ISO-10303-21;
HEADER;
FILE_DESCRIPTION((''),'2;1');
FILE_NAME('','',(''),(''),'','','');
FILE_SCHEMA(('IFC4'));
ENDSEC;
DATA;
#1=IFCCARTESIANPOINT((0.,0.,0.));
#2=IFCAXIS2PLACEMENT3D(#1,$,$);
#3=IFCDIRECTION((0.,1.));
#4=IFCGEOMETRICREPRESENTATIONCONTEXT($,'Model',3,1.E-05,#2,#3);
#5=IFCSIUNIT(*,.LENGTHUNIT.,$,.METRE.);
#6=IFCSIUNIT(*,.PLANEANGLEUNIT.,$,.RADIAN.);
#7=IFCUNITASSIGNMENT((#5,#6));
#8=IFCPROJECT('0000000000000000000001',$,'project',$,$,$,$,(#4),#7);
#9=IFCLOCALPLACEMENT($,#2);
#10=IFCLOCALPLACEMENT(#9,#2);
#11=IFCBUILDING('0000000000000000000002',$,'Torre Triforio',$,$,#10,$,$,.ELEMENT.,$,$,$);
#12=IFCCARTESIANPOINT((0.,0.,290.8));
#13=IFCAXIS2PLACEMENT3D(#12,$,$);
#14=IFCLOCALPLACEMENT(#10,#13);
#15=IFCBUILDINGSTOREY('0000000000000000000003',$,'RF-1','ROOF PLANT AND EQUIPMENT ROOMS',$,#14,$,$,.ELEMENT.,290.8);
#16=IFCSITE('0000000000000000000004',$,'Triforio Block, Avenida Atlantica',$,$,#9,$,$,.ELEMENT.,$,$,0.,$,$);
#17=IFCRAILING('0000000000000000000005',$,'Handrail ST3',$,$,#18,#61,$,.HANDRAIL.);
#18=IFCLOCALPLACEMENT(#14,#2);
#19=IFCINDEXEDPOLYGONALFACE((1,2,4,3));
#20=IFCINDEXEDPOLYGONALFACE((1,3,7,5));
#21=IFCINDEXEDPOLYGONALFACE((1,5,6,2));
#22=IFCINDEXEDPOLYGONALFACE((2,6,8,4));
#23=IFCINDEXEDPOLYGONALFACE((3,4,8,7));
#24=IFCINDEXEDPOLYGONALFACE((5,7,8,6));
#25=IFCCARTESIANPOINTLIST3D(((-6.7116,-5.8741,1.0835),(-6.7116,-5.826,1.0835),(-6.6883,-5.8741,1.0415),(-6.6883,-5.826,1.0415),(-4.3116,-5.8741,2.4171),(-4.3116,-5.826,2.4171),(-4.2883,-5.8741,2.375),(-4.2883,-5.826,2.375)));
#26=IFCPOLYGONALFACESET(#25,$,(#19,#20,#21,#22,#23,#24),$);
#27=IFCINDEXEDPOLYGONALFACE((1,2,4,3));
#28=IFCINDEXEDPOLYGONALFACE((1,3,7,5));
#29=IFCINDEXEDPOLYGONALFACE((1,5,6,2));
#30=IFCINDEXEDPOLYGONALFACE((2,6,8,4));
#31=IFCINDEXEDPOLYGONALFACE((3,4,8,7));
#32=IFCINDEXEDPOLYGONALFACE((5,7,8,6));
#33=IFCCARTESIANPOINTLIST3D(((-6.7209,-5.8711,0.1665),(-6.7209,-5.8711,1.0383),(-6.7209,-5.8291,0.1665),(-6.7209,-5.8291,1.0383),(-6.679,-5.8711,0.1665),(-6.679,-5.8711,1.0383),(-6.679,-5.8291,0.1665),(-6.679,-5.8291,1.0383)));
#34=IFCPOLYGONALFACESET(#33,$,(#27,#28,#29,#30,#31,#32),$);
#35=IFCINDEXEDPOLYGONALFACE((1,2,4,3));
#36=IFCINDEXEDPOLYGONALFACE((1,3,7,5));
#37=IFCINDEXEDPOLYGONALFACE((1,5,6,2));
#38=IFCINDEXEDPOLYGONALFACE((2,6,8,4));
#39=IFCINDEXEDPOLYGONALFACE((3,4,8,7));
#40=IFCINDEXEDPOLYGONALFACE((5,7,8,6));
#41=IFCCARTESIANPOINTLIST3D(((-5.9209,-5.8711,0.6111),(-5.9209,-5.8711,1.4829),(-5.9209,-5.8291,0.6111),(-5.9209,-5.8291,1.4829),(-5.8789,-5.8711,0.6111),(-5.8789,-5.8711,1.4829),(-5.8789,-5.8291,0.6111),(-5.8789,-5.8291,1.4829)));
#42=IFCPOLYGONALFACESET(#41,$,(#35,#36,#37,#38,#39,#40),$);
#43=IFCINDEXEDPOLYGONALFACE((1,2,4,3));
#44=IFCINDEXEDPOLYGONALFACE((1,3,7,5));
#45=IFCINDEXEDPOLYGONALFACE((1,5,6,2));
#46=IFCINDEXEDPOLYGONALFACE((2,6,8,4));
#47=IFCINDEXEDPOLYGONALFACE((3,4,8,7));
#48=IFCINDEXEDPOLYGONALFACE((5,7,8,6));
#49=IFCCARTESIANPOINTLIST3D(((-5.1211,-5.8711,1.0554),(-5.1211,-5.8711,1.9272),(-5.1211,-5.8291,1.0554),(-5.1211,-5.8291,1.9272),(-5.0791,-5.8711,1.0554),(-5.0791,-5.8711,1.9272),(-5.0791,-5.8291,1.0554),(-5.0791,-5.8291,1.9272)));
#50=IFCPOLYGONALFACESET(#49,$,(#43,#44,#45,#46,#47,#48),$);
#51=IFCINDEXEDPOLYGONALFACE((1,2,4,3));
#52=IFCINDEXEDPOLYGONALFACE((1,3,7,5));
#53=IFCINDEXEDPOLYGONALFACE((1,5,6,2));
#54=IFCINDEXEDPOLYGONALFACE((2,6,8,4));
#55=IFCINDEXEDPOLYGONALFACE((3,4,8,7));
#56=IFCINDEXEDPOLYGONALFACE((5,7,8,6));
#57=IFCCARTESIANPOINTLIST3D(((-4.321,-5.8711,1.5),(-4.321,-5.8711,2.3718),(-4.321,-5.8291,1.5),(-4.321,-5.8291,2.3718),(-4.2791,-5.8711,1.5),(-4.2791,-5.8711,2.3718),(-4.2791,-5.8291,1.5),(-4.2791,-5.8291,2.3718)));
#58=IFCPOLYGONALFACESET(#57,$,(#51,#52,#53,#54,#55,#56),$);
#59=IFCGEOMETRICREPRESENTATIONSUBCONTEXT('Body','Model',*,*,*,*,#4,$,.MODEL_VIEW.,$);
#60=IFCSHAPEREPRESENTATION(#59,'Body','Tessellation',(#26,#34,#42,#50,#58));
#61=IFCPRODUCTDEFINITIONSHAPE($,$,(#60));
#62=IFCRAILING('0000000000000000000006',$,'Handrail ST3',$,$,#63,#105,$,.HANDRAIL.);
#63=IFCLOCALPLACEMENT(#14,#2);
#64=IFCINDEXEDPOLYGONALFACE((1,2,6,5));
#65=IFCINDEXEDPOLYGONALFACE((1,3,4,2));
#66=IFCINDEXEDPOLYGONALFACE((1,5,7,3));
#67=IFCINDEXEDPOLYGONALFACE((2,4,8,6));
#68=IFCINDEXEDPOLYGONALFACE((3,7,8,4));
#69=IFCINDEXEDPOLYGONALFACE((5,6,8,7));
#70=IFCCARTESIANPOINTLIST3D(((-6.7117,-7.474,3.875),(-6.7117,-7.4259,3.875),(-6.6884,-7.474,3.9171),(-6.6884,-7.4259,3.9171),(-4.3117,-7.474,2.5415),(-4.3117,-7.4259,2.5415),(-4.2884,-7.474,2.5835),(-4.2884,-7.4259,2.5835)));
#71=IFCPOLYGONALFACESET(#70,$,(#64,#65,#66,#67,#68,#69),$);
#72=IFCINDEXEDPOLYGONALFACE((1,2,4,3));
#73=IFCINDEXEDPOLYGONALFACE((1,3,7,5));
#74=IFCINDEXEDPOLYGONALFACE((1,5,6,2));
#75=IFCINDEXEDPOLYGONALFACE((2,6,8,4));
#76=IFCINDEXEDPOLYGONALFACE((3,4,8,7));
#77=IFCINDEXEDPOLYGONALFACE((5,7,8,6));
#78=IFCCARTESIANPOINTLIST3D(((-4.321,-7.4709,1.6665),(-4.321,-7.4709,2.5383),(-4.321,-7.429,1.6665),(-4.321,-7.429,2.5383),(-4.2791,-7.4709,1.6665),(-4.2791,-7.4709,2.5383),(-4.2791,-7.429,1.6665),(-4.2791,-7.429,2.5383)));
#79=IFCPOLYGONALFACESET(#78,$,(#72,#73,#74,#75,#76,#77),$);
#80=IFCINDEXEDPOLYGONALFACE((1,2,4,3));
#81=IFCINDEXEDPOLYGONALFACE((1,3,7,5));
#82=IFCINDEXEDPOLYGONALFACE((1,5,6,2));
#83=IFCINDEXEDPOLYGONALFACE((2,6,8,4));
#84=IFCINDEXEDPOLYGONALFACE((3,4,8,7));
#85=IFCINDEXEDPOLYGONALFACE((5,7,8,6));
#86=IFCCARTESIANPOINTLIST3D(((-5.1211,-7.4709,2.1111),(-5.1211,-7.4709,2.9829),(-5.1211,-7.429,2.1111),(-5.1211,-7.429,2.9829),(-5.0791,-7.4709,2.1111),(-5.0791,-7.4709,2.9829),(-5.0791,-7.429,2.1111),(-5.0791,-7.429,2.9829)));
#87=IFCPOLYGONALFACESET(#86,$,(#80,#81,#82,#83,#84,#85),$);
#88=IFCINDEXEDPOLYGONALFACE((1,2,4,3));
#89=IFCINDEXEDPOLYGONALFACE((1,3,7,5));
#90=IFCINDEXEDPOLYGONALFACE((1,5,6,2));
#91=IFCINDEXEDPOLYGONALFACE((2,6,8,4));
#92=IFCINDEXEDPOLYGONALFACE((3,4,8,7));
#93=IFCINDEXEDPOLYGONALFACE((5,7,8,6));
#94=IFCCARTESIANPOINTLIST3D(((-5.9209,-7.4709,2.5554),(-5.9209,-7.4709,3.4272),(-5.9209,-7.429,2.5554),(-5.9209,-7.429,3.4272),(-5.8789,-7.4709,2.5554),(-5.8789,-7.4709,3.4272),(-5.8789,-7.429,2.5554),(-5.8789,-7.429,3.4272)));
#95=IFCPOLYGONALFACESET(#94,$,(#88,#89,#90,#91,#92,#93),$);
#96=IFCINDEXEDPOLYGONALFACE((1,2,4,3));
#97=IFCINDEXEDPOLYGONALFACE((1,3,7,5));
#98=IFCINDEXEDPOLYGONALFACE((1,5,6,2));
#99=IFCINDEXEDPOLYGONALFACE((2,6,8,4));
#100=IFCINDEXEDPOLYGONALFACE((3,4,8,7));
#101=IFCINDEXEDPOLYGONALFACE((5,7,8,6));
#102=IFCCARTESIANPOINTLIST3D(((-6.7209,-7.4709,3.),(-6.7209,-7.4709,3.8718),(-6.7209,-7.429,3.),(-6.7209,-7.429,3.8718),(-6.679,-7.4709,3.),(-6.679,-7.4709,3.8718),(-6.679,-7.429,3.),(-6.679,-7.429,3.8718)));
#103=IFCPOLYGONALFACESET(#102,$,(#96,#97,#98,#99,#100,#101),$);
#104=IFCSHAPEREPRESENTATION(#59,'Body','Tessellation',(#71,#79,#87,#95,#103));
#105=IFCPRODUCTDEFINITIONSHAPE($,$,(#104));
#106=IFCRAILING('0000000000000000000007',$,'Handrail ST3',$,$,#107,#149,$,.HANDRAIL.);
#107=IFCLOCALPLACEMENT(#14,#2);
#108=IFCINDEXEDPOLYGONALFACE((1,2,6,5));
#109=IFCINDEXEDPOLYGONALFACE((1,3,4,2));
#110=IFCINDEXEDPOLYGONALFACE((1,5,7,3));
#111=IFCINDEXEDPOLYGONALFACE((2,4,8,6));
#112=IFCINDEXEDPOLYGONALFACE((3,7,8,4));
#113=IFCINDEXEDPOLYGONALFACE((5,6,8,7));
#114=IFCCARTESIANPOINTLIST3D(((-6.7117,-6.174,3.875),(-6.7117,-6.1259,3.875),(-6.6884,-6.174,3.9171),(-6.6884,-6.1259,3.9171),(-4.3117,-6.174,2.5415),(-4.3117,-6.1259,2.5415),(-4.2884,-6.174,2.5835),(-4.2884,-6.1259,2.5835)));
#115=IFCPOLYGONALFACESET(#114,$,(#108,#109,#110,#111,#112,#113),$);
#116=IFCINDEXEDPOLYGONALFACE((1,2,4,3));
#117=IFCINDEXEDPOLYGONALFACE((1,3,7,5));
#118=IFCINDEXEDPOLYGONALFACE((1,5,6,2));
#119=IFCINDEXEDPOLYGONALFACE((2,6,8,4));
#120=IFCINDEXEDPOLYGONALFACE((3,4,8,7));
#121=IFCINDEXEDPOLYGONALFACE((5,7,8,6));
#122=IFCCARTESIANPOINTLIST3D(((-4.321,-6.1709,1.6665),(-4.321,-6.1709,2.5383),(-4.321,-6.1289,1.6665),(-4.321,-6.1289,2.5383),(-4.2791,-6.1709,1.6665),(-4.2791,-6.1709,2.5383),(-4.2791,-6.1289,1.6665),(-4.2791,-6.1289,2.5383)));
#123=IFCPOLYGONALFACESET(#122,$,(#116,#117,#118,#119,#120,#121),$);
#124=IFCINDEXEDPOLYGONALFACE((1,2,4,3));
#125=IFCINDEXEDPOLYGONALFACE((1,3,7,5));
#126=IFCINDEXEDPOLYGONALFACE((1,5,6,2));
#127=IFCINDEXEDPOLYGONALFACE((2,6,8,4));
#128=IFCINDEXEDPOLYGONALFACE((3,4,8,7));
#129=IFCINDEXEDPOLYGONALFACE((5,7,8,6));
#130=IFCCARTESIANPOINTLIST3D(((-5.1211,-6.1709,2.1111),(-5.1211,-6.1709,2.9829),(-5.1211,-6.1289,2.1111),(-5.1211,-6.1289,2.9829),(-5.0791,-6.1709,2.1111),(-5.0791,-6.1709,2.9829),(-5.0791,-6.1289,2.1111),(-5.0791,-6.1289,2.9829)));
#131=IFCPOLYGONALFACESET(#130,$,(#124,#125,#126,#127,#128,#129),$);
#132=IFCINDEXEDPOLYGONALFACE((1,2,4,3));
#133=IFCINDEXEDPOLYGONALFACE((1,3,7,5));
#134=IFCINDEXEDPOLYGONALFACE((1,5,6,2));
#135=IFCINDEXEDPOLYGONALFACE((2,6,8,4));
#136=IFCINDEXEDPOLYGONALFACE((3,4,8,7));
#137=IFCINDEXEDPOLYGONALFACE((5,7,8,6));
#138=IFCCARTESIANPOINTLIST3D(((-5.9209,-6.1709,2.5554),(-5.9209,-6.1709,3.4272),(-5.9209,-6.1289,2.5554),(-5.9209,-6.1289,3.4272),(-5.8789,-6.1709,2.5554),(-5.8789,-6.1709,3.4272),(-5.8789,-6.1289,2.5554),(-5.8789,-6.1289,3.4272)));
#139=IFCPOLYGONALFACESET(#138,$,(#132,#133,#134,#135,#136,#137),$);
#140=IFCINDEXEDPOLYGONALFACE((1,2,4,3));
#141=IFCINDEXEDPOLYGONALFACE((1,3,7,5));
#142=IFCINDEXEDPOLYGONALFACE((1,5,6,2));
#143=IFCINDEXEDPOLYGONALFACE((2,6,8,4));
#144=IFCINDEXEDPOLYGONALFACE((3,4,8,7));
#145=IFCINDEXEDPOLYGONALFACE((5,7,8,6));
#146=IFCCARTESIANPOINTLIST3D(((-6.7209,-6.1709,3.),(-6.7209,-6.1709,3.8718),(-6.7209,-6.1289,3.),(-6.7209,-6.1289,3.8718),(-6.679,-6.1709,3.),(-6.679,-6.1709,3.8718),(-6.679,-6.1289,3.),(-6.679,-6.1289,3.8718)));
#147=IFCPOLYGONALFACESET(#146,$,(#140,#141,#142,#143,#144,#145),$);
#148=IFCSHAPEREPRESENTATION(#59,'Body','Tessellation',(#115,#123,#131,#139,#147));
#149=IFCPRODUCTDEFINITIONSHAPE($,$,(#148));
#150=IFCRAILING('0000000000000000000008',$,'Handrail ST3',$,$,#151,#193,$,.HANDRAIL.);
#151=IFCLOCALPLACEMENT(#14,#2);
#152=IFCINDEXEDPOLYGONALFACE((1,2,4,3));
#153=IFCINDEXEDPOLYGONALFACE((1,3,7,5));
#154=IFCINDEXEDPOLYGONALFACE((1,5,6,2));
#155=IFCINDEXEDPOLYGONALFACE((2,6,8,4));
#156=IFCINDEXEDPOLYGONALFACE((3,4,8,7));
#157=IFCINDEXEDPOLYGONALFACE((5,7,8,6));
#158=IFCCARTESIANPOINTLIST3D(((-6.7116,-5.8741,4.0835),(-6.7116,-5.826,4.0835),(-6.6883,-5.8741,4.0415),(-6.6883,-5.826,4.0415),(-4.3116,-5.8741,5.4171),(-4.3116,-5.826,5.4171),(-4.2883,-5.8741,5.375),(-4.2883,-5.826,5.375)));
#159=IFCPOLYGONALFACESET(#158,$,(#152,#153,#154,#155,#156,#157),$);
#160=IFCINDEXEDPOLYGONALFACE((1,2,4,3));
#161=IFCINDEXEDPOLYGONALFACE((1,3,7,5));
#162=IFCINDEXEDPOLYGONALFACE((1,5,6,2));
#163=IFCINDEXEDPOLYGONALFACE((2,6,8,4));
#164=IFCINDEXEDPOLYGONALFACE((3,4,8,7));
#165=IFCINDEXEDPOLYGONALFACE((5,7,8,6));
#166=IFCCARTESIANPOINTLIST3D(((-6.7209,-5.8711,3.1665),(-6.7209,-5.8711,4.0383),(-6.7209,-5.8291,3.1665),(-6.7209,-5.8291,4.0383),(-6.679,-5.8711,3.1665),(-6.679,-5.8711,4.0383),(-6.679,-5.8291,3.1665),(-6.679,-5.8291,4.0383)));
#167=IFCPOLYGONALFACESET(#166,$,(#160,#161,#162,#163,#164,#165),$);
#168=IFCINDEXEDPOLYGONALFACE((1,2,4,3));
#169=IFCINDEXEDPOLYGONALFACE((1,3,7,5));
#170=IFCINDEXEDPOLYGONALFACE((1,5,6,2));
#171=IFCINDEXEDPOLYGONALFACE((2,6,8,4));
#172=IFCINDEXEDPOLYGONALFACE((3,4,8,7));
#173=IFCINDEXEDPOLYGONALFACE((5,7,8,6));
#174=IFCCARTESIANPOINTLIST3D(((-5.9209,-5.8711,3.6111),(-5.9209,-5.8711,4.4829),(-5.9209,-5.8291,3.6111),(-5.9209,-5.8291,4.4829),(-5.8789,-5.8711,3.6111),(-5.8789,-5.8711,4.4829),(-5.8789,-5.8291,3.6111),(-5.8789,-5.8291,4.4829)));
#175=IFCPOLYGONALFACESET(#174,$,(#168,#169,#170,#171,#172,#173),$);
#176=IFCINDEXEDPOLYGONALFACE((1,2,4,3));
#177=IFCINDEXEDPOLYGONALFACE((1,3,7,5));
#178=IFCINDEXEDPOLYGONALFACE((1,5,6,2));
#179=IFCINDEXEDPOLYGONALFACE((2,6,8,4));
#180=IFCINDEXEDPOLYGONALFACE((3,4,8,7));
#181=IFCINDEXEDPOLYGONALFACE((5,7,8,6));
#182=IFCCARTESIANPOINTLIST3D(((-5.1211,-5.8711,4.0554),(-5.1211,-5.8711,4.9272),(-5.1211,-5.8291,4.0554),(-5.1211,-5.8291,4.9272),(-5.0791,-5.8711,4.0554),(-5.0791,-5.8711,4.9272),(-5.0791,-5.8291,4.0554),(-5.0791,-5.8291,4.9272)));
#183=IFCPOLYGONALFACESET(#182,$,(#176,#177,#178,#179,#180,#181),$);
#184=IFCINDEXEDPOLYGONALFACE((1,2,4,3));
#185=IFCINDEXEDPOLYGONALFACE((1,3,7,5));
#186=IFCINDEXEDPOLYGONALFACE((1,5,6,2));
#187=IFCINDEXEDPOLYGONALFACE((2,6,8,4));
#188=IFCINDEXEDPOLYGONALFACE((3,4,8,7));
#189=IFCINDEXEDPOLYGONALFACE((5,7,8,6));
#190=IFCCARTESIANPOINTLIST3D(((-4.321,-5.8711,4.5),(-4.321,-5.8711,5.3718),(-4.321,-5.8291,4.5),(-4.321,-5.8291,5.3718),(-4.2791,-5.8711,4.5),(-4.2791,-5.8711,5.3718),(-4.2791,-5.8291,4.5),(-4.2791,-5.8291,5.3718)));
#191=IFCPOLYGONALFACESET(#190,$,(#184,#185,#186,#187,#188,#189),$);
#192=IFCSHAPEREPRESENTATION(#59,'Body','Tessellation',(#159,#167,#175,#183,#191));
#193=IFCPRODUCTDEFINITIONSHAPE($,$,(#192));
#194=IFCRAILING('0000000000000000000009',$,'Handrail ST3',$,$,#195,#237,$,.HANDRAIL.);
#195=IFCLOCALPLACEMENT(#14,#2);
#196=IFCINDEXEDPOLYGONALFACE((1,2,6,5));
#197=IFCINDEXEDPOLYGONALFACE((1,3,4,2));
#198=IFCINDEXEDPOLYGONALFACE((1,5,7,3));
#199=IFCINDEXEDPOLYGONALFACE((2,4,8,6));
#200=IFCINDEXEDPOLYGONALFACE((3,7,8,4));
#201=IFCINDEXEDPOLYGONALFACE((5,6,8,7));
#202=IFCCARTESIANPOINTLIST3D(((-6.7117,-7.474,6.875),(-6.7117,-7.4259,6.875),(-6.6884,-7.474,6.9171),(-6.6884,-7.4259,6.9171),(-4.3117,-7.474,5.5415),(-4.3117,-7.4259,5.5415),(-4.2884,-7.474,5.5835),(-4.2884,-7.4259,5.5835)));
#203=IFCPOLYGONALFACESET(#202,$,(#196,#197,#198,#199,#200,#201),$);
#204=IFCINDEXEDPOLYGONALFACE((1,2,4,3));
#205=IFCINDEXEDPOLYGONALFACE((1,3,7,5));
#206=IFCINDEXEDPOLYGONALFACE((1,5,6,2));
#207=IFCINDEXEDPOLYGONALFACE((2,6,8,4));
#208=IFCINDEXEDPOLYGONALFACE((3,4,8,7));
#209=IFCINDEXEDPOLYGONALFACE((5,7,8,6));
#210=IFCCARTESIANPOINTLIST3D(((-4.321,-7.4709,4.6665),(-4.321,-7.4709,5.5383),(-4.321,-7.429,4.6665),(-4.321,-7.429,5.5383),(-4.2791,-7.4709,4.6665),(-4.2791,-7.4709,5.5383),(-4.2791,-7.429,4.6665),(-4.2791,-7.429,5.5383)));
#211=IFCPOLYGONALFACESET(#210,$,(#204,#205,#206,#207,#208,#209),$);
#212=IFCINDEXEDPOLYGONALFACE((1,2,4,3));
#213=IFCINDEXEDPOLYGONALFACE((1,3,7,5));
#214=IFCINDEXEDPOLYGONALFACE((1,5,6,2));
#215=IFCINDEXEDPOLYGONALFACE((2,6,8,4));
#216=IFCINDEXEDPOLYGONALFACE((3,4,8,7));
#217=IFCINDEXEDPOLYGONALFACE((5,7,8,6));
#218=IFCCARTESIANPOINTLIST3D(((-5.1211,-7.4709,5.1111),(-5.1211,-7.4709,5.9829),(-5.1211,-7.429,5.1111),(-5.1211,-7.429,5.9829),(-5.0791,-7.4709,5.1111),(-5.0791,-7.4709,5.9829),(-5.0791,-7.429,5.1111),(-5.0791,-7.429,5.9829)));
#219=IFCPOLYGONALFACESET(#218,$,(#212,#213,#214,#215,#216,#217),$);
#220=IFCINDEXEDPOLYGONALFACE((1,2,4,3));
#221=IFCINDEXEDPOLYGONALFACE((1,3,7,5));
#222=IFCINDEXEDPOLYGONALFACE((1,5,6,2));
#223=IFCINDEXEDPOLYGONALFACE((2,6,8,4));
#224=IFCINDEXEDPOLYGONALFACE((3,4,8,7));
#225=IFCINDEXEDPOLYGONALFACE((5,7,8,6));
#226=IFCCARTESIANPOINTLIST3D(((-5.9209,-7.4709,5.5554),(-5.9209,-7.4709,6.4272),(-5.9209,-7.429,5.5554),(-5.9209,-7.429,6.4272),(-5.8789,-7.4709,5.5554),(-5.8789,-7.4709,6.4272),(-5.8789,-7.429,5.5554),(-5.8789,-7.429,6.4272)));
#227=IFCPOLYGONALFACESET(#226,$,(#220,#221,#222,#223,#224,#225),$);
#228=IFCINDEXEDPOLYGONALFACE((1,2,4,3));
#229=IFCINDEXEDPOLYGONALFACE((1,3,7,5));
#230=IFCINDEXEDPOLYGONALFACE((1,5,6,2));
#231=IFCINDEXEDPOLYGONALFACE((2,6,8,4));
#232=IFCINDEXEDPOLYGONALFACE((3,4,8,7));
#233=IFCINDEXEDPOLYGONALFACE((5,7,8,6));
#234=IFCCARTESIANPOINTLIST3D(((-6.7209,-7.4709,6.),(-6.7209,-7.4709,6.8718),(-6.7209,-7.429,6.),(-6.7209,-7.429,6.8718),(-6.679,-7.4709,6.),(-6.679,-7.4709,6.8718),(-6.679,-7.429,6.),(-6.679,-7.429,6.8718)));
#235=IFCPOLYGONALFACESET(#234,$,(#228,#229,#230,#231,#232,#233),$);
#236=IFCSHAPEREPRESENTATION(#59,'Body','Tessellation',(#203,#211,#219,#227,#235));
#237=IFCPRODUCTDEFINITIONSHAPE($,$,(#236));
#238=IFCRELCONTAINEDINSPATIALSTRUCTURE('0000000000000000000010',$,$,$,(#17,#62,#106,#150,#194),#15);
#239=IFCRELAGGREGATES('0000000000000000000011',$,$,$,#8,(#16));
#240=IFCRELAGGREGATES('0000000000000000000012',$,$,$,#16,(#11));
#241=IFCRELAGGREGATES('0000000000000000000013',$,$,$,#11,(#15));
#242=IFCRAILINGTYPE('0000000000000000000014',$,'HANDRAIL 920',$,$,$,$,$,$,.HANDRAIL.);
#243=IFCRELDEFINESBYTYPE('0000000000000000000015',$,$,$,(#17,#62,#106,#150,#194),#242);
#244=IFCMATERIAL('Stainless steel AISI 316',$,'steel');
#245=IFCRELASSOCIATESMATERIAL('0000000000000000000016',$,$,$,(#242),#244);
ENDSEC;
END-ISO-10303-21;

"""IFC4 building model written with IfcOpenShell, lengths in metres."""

from ifc_helpers import new_model, si_unit, direction, frame, origin, origin_2d, place, context, subcontext, project, spatial, rectangle, extrude, material, type_object, element, save


model = new_model("IFC4")

# Units and contexts
model_context = context("Model", 3, precision=1e-05, world=origin(), true_north=direction((0.0, 1.0)))
body_context = subcontext(model_context, "Body", "Model", "MODEL_VIEW")
ifc_project = project(units=[si_unit("LENGTHUNIT", "METRE"), si_unit("PLANEANGLEUNIT", "RADIAN")], contexts=[model_context])

# Site, building, storey
site_placement = place(None, origin())
site = spatial("IfcSite", under=ifc_project, at=site_placement, Name="Triforio Block, Avenida Atlantica", CompositionType="ELEMENT", RefElevation=0.0)
building_placement = place(site_placement, origin())
building = spatial("IfcBuilding", under=site, at=building_placement, Name="Torre Triforio", CompositionType="ELEMENT")
storey_placement = place(building_placement, frame((0.0, 0.0, 290.8)))
storey = spatial("IfcBuildingStorey", under=building, at=storey_placement, Name="RF-1", Description="ROOF PLANT AND EQUIPMENT ROOMS", CompositionType="ELEMENT", Elevation=290.8)

# Railings
ifc_material_1 = material(Name="Stainless steel AISI 316", Category="steel")
railing_type = type_object("IfcRailingType", Name="HANDRAIL 920", PredefinedType="HANDRAIL", material=ifc_material_1)
railing_1_placement = place(storey_placement, frame((-6.7, -5.8501, 0.1665)))
element("IfcRailing", 1, at=railing_1_placement, inside=storey, type_object=railing_type, Name="Handrail ST3", PredefinedType="HANDRAIL", context=body_context, shape_type="SweptSolid", body=[
    extrude(rectangle(XDim=0.0481, YDim=0.0481, at=origin_2d()), frame((0.0, 0.0, 0.896), z_axis=(0.874124, 0.0, 0.485703), x_axis=(0.0, 1.0, 0.0)), (0.0, 0.0, 1.0), 2.7456),
    extrude(rectangle(XDim=0.042, YDim=0.042, at=origin_2d()), origin(), (0.0, 0.0, 1.0), 0.8718),
    extrude(rectangle(XDim=0.042, YDim=0.042, at=origin_2d()), frame((0.8, 0.0, 0.4446)), (0.0, 0.0, 1.0), 0.8718),
    extrude(rectangle(XDim=0.042, YDim=0.042, at=origin_2d()), frame((1.5999, 0.0, 0.8889)), (0.0, 0.0, 1.0), 0.8718),
    extrude(rectangle(XDim=0.042, YDim=0.042, at=origin_2d()), frame((2.3999, 0.0, 1.3335)), (0.0, 0.0, 1.0), 0.8718),
])
for number, where, name in (
    (2, (-4.3, -7.45, 1.6665), "Handrail ST3"),
    (3, (-4.3, -6.1499, 1.6665), "Handrail ST3"),
):
    element("IfcRailing", number, at=place(storey_placement, frame(where)), inside=storey, type_object=railing_type, Name=name, PredefinedType="HANDRAIL", context=body_context, shape_type="SweptSolid", body=[
        extrude(rectangle(XDim=0.0481, YDim=0.0481, at=origin_2d()), frame((0.0, 0.0, 0.896), z_axis=(-0.874124, 0.0, 0.485703), x_axis=(0.0, -1.0, 0.0)), (0.0, 0.0, 1.0), 2.7456),
        extrude(rectangle(XDim=0.042, YDim=0.042, at=origin_2d()), origin(), (0.0, 0.0, 1.0), 0.8718),
        extrude(rectangle(XDim=0.042, YDim=0.042, at=origin_2d()), frame((-0.8, 0.0, 0.4446)), (0.0, 0.0, 1.0), 0.8718),
        extrude(rectangle(XDim=0.042, YDim=0.042, at=origin_2d()), frame((-1.5999, 0.0, 0.8889)), (0.0, 0.0, 1.0), 0.8718),
        extrude(rectangle(XDim=0.042, YDim=0.042, at=origin_2d()), frame((-2.3999, 0.0, 1.3335)), (0.0, 0.0, 1.0), 0.8718),
    ])
railing_2_placement = place(storey_placement, frame((-6.7, -5.8501, 3.1665)))
element("IfcRailing", 4, at=railing_2_placement, inside=storey, type_object=railing_type, Name="Handrail ST3", PredefinedType="HANDRAIL", context=body_context, shape_type="SweptSolid", body=[
    extrude(rectangle(XDim=0.0481, YDim=0.0481, at=origin_2d()), frame((0.0, 0.0, 0.896), z_axis=(0.874124, 0.0, 0.485703), x_axis=(0.0, 1.0, 0.0)), (0.0, 0.0, 1.0), 2.7456),
    extrude(rectangle(XDim=0.042, YDim=0.042, at=origin_2d()), origin(), (0.0, 0.0, 1.0), 0.8718),
    extrude(rectangle(XDim=0.042, YDim=0.042, at=origin_2d()), frame((0.8, 0.0, 0.4446)), (0.0, 0.0, 1.0), 0.8718),
    extrude(rectangle(XDim=0.042, YDim=0.042, at=origin_2d()), frame((1.5999, 0.0, 0.8889)), (0.0, 0.0, 1.0), 0.8718),
    extrude(rectangle(XDim=0.042, YDim=0.042, at=origin_2d()), frame((2.3999, 0.0, 1.3335)), (0.0, 0.0, 1.0), 0.8718),
])
for number, where, name in (
    (5, (-4.3, -7.45, 4.6665), "Handrail ST3"),
):
    element("IfcRailing", number, at=place(storey_placement, frame(where)), inside=storey, type_object=railing_type, Name=name, PredefinedType="HANDRAIL", context=body_context, shape_type="SweptSolid", body=[
        extrude(rectangle(XDim=0.0481, YDim=0.0481, at=origin_2d()), frame((0.0, 0.0, 0.896), z_axis=(-0.874124, 0.0, 0.485703), x_axis=(0.0, -1.0, 0.0)), (0.0, 0.0, 1.0), 2.7456),
        extrude(rectangle(XDim=0.042, YDim=0.042, at=origin_2d()), origin(), (0.0, 0.0, 1.0), 0.8718),
        extrude(rectangle(XDim=0.042, YDim=0.042, at=origin_2d()), frame((-0.8, 0.0, 0.4446)), (0.0, 0.0, 1.0), 0.8718),
        extrude(rectangle(XDim=0.042, YDim=0.042, at=origin_2d()), frame((-1.5999, 0.0, 0.8889)), (0.0, 0.0, 1.0), 0.8718),
        extrude(rectangle(XDim=0.042, YDim=0.042, at=origin_2d()), frame((-2.3999, 0.0, 1.3335)), (0.0, 0.0, 1.0), 0.8718),
    ])

save(model, "model.ifc")
